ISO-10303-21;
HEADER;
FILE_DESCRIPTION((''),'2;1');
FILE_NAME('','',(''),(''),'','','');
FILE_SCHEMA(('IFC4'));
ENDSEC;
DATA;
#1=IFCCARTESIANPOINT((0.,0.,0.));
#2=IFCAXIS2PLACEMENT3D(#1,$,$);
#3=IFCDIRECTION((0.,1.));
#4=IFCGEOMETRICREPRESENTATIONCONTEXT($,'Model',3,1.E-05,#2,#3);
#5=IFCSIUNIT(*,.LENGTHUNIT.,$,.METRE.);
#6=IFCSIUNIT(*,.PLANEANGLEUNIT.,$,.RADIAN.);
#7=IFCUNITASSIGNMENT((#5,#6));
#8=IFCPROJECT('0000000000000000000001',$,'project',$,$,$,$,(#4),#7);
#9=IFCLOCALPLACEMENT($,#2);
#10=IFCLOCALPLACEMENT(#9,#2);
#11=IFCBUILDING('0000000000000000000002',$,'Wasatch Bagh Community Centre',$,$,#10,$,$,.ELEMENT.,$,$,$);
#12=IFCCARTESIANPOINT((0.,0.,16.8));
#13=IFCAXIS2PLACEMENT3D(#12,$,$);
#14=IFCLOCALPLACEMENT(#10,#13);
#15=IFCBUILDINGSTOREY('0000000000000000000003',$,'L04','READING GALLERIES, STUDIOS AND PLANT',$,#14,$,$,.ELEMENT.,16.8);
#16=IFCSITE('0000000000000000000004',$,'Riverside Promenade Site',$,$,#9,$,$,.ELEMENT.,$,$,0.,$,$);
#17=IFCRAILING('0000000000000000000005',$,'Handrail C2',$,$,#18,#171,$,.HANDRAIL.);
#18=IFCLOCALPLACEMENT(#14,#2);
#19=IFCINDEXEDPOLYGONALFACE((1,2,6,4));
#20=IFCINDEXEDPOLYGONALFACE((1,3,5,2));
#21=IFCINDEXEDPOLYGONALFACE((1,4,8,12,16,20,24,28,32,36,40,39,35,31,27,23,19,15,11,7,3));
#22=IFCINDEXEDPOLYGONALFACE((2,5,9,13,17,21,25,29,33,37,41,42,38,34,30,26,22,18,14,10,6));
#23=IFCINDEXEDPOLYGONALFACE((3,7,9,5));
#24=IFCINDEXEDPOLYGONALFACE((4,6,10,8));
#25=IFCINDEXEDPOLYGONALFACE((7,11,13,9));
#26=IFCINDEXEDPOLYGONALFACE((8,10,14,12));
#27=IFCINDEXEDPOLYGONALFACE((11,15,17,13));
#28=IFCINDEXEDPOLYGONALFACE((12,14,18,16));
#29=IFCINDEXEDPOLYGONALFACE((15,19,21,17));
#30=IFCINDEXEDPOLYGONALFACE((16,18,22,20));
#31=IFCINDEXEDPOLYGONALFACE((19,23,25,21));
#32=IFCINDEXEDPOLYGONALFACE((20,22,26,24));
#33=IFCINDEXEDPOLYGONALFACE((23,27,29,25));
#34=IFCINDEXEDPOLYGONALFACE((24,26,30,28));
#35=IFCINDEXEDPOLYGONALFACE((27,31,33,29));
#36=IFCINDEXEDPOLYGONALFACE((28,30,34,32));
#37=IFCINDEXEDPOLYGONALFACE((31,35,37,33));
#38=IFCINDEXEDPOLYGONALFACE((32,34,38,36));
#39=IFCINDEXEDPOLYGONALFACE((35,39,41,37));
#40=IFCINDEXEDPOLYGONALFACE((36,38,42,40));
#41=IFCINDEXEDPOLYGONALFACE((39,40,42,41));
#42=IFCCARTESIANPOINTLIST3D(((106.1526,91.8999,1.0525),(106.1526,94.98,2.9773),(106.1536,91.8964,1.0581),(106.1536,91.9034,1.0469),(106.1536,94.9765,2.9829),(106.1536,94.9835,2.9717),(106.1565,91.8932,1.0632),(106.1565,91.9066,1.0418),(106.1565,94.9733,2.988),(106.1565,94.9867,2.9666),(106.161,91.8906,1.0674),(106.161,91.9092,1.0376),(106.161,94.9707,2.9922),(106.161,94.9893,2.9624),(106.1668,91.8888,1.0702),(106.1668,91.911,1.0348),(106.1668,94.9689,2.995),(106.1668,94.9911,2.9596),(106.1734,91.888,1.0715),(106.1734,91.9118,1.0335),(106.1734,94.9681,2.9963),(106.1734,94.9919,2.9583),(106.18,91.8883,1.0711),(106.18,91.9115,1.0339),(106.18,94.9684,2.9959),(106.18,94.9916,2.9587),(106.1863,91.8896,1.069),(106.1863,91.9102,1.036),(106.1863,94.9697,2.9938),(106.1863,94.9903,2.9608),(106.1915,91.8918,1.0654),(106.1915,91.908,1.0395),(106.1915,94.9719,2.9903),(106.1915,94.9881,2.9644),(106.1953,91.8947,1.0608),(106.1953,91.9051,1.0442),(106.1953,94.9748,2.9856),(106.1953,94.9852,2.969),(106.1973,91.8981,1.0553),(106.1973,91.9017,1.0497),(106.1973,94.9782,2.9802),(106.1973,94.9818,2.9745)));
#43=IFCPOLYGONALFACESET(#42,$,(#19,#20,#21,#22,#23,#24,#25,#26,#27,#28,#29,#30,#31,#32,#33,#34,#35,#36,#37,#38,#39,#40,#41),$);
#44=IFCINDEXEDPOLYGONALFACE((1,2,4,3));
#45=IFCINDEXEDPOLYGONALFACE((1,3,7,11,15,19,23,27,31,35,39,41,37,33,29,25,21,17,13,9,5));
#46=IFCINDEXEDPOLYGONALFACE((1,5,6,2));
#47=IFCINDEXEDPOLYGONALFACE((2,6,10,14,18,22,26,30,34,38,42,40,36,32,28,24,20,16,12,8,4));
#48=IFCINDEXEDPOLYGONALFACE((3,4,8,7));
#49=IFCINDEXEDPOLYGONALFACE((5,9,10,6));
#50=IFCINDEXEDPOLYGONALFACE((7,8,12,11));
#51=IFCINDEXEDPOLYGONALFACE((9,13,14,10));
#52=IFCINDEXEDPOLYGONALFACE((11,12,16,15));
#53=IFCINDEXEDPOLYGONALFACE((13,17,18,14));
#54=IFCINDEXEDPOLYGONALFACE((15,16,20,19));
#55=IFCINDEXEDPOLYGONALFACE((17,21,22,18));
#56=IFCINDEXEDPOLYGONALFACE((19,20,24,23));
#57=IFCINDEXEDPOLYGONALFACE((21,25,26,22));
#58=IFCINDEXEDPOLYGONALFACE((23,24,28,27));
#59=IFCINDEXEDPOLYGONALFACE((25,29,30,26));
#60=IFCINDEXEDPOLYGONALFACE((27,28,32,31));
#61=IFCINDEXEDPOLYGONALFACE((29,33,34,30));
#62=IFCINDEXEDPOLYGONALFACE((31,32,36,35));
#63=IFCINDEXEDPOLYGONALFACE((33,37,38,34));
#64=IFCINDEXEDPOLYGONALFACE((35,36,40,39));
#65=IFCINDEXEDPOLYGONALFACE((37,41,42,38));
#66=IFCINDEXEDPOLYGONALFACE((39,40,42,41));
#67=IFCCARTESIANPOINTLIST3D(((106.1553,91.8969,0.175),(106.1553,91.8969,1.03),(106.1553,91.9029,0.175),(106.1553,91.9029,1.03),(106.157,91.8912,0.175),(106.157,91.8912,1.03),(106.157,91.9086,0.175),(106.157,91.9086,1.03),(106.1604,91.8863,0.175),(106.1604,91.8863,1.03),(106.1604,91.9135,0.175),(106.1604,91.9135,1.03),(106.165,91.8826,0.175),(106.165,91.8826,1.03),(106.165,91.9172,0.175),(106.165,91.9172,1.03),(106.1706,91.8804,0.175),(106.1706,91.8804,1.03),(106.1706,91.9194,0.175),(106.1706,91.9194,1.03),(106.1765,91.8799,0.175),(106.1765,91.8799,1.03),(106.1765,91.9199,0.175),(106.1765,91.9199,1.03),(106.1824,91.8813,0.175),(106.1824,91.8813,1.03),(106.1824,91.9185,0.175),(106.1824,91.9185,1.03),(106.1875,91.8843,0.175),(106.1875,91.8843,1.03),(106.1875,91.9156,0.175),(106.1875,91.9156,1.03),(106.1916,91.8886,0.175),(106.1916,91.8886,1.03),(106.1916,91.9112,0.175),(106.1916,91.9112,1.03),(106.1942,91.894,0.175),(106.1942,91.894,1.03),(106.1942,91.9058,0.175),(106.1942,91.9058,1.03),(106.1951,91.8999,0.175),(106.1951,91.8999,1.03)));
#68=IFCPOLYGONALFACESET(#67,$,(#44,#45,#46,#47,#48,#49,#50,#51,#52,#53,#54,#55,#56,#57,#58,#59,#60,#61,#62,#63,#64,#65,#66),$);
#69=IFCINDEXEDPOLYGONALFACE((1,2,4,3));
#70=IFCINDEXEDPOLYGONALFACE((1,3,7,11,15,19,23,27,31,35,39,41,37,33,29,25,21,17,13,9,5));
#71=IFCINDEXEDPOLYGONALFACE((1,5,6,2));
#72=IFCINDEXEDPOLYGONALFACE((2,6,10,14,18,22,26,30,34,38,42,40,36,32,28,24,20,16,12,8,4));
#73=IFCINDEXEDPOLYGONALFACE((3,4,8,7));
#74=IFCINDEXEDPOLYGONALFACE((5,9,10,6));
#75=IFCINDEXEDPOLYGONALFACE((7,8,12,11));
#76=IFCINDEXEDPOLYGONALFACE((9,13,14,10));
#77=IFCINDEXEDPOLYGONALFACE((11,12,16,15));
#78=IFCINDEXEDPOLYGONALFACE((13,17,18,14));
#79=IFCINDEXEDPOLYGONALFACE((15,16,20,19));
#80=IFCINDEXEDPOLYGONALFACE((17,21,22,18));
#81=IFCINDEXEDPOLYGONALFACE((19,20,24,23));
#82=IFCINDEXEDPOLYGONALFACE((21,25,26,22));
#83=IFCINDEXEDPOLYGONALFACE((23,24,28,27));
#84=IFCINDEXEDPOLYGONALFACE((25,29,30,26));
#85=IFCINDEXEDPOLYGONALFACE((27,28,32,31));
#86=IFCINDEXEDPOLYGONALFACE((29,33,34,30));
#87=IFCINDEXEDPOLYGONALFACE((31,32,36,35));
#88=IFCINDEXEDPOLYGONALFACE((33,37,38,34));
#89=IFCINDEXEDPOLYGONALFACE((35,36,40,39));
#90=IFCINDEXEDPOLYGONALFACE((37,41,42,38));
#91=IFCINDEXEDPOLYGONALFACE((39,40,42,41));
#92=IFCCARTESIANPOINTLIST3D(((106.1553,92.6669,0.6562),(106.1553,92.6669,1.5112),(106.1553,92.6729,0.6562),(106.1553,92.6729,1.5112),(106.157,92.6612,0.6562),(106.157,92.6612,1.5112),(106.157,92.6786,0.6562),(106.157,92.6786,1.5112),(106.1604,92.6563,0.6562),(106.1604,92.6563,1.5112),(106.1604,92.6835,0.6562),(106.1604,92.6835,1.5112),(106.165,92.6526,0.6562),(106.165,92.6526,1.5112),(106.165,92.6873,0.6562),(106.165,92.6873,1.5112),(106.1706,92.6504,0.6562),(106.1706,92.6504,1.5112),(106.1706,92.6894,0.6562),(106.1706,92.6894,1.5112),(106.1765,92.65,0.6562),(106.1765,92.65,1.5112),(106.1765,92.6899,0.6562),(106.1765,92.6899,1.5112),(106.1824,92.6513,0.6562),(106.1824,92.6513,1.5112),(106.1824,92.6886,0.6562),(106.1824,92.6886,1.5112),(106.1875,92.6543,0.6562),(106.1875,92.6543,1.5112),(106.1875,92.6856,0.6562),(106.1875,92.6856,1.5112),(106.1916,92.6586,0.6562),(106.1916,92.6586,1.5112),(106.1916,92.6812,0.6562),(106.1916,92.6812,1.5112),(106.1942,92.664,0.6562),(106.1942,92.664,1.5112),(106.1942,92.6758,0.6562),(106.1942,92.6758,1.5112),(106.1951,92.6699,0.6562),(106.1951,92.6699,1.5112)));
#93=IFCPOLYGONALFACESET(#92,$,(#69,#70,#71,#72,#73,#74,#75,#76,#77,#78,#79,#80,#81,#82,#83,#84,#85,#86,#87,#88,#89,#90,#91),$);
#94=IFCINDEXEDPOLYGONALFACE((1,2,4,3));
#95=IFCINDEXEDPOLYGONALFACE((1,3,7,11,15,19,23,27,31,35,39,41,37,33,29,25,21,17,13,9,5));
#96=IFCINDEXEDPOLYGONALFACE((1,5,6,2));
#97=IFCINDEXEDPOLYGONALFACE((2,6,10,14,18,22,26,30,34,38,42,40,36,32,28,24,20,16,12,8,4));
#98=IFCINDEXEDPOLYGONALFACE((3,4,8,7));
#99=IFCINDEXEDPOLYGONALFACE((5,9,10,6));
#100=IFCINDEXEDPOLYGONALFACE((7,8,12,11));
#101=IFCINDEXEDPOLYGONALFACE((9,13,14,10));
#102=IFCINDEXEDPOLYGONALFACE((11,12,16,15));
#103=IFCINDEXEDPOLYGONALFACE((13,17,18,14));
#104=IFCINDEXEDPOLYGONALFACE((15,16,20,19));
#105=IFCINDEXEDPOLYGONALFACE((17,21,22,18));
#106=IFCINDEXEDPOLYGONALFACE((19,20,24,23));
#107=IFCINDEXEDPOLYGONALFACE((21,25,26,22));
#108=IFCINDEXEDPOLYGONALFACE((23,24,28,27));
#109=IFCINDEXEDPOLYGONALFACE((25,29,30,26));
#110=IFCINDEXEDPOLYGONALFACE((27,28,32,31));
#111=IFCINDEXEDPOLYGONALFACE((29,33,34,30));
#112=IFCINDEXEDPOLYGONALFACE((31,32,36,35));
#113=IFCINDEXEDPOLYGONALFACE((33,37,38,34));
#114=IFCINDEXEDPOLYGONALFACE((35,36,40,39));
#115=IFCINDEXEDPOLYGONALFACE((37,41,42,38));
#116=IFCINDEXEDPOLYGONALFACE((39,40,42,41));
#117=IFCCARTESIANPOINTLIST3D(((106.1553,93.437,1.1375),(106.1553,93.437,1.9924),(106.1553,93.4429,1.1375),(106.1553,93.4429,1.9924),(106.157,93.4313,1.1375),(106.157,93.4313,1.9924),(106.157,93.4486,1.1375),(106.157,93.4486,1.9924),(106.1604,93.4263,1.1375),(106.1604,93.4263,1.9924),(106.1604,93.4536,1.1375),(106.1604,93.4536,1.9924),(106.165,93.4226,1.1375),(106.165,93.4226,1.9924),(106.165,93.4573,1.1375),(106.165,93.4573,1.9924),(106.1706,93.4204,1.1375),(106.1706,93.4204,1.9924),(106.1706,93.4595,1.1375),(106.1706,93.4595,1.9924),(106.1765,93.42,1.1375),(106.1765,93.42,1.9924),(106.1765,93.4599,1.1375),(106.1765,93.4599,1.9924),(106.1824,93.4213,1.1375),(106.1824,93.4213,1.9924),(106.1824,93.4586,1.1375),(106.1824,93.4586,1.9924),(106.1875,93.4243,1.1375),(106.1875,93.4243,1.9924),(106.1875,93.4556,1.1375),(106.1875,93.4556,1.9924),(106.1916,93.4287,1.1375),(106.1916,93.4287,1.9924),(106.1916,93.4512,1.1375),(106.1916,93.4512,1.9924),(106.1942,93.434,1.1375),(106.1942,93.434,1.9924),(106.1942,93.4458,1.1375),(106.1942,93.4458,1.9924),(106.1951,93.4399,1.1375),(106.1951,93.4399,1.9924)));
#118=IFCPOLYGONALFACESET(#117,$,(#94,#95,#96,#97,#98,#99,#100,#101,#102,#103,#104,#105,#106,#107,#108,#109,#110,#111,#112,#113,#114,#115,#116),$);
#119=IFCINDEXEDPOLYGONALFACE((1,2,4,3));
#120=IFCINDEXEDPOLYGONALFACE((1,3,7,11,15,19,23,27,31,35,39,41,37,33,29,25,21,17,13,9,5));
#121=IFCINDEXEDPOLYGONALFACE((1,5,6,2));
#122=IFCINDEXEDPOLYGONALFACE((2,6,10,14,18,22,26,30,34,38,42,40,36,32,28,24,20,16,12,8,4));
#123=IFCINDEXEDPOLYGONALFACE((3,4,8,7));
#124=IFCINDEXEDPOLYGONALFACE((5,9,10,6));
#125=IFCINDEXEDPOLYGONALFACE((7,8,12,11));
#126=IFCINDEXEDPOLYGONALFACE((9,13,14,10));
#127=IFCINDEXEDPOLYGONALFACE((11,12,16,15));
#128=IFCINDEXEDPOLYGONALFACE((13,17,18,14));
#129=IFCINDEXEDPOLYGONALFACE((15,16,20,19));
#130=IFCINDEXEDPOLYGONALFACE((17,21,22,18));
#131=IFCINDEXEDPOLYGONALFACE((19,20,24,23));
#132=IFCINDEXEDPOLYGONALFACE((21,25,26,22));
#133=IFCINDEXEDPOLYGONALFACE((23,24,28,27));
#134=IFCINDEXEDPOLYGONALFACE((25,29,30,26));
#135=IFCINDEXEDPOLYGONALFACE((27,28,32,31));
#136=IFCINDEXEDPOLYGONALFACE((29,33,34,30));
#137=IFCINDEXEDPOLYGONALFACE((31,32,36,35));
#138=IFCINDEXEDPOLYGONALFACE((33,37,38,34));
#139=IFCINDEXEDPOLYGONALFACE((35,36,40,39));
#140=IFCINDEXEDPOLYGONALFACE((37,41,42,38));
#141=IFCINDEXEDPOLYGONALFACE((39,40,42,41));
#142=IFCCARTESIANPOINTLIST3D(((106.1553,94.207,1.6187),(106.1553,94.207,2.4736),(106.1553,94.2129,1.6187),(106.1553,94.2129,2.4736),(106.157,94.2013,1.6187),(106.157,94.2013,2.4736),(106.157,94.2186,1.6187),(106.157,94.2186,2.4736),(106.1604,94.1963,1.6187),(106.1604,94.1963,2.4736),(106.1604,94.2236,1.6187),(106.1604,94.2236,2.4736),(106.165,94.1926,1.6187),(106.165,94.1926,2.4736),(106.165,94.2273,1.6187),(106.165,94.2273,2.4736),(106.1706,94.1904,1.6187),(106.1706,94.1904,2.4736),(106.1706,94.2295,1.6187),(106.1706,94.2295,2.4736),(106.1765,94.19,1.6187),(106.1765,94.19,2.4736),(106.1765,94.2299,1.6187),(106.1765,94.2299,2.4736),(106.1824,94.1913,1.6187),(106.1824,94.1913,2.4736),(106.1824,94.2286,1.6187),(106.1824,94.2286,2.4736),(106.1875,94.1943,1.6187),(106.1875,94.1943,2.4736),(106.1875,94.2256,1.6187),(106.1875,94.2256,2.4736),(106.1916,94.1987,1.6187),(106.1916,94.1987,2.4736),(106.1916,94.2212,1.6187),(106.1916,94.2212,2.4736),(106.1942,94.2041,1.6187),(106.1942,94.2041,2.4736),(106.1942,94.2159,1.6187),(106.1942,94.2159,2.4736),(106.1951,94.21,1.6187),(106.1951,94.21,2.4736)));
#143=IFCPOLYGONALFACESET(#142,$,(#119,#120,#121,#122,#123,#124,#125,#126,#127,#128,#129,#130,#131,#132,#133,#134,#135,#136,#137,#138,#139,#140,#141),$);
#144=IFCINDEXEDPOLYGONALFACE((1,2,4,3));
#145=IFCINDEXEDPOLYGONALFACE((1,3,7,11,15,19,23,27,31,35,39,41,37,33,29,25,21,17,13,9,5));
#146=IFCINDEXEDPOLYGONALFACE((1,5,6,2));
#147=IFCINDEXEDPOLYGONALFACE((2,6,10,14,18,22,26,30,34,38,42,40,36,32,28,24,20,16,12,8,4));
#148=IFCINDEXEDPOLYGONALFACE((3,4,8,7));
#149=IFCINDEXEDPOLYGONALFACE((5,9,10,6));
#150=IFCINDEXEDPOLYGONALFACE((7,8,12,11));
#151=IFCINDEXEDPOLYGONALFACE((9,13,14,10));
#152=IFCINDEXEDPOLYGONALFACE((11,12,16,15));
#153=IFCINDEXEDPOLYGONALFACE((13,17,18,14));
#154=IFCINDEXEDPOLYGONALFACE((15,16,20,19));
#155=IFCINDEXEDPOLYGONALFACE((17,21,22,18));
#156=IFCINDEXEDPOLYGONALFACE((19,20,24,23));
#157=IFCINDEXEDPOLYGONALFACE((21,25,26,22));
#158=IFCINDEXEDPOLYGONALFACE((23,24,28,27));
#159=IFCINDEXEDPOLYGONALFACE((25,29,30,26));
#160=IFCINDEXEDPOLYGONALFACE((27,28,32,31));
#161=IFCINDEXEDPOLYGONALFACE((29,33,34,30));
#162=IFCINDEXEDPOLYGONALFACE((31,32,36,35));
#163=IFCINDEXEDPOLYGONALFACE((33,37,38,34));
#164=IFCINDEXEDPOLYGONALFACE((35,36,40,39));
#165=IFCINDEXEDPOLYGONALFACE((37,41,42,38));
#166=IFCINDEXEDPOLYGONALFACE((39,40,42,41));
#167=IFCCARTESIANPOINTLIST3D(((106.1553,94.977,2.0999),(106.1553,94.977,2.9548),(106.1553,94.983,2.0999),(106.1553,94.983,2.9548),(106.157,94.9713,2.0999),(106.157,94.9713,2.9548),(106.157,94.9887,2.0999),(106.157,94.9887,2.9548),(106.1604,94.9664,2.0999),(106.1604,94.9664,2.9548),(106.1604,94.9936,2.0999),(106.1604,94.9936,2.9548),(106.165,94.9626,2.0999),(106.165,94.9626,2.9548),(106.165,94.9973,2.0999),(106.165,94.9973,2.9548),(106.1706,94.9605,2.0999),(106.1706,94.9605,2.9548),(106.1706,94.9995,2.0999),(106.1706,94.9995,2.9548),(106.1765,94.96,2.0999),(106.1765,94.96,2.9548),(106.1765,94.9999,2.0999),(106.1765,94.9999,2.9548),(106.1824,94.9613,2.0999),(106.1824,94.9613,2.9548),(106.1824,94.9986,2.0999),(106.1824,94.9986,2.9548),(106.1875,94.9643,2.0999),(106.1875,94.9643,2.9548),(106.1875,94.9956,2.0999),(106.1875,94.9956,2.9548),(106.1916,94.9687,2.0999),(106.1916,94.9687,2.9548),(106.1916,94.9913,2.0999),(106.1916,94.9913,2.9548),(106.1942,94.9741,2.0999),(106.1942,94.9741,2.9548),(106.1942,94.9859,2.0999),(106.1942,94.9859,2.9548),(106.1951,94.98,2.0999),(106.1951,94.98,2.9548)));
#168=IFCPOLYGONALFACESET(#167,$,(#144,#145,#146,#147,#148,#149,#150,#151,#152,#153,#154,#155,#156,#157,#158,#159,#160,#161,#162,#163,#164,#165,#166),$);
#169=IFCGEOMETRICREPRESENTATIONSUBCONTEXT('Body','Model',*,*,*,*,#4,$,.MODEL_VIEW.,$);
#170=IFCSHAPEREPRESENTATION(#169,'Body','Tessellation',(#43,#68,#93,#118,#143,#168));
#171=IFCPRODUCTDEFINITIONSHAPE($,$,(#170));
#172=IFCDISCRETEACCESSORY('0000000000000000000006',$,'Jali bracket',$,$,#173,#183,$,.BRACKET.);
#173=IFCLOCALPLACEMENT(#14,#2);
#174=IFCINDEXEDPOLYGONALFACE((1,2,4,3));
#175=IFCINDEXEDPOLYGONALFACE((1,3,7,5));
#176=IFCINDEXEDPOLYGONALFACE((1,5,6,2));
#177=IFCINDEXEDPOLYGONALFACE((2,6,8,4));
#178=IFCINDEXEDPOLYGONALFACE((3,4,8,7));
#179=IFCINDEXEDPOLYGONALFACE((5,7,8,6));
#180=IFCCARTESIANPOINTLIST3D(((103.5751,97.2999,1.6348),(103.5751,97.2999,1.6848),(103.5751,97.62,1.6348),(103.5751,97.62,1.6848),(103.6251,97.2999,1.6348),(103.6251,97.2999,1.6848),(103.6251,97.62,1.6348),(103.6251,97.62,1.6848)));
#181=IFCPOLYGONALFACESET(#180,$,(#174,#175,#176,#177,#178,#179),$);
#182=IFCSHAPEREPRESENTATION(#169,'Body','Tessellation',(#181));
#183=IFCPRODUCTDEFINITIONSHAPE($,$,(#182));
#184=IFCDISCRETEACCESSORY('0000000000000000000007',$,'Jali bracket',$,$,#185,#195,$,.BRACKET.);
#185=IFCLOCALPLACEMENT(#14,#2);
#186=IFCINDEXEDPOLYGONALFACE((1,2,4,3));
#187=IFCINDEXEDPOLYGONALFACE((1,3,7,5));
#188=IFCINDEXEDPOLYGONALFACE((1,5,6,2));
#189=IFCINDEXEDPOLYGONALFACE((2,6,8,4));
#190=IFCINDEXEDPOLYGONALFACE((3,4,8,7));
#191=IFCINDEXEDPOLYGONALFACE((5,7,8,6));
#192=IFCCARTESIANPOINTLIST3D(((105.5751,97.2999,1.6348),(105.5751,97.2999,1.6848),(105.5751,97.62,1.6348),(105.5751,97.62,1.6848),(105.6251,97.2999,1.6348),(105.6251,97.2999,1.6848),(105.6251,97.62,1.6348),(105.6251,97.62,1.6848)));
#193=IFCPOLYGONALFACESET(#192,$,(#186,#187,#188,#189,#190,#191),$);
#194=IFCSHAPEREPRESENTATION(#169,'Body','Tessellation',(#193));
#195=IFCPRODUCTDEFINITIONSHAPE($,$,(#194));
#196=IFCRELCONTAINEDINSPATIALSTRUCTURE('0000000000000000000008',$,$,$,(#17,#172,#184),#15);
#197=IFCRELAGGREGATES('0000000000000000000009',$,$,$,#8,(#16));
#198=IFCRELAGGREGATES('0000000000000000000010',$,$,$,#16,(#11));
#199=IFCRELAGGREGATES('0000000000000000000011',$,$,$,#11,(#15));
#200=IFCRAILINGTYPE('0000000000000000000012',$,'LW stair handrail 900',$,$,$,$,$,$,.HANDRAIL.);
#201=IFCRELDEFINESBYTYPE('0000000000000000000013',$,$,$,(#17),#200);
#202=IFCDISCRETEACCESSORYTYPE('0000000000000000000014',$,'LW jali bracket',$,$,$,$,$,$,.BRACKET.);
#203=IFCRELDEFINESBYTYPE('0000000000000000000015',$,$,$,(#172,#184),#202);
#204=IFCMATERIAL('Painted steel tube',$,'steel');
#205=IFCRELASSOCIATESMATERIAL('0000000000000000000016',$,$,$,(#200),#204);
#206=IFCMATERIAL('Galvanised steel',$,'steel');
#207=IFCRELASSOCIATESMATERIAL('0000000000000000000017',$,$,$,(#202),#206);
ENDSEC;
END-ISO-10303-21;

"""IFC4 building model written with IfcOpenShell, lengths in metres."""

from ifc_helpers import new_model, si_unit, direction, frame, origin, origin_2d, place, context, subcontext, project, spatial, rectangle, circle, extrude, material, type_object, element, save


model = new_model("IFC4")

# Units and contexts
model_context = context("Model", 3, precision=1e-05, world=origin(), true_north=direction((0.0, 1.0)))
body_context = subcontext(model_context, "Body", "Model", "MODEL_VIEW")
ifc_project = project(units=[si_unit("LENGTHUNIT", "METRE"), si_unit("PLANEANGLEUNIT", "RADIAN")], contexts=[model_context])

# Site, building, storey
site_placement = place(None, origin())
site = spatial("IfcSite", under=ifc_project, at=site_placement, Name="Riverside Promenade Site", CompositionType="ELEMENT", RefElevation=0.0)
building_placement = place(site_placement, origin())
building = spatial("IfcBuilding", under=site, at=building_placement, Name="Wasatch Bagh Community Centre", CompositionType="ELEMENT")
storey_placement = place(building_placement, frame((0.0, 0.0, 16.8)))
storey = spatial("IfcBuildingStorey", under=building, at=storey_placement, Name="L04", Description="READING GALLERIES, STUDIOS AND PLANT", CompositionType="ELEMENT", Elevation=16.8)

# Railing
ifc_material_1 = material(Name="Painted steel tube", Category="steel")
railing_type_1 = type_object("IfcRailingType", Name="LW stair handrail 900", PredefinedType="HANDRAIL", material=ifc_material_1)
railing_placement = place(storey_placement, frame((106.175, 91.8999, 0.175)))
element("IfcRailing", 1, at=railing_placement, inside=storey, type_object=railing_type_1, Name="Handrail C2", PredefinedType="HANDRAIL", context=body_context, shape_type="SweptSolid", body=[
    extrude(circle(Radius=0.0225, at=origin_2d()), frame((0.0, 0.0, 0.8774), z_axis=(0.0, 0.848029, 0.529951), x_axis=(-1.0, 0.0, 0.0)), (0.0, 0.0, 1.0), 3.6321),
    extrude(circle(Radius=0.02, at=origin_2d()), origin(), (0.0, 0.0, 1.0), 0.855),
    extrude(circle(Radius=0.02, at=origin_2d()), frame((0.0, 0.77, 0.4812)), (0.0, 0.0, 1.0), 0.855),
    extrude(circle(Radius=0.02, at=origin_2d()), frame((0.0, 1.54, 0.9624)), (0.0, 0.0, 1.0), 0.855),
    extrude(circle(Radius=0.02, at=origin_2d()), frame((0.0, 2.3101, 1.4436)), (0.0, 0.0, 1.0), 0.855),
    extrude(circle(Radius=0.02, at=origin_2d()), frame((0.0, 3.0801, 1.9248)), (0.0, 0.0, 1.0), 0.855),
])

# Discrete accessories
ifc_material_2 = material(Name="Galvanised steel", Category="steel")
discrete_accessory_type = type_object("IfcDiscreteAccessoryType", Name="LW jali bracket", PredefinedType="BRACKET", material=ifc_material_2)
for number, where, z_axis, x_axis, name in (
    (2, (103.6001, 97.46, 1.6348), (0.0, 0.0, 1.0), (1.0, 0.0, 0.0), "Jali bracket"),
    (3, (105.6001, 97.46, 1.6348), (0.0, 0.0, 1.0), (1.0, 0.0, 0.0), "Jali bracket"),
):
    element("IfcDiscreteAccessory", number, at=place(storey_placement, frame(where, z_axis=z_axis, x_axis=x_axis)), inside=storey, type_object=discrete_accessory_type, Name=name, PredefinedType="BRACKET", context=body_context, shape_type="SweptSolid", body=[
        extrude(rectangle(XDim=0.05, YDim=0.3201, at=origin_2d()), origin(), (0.0, 0.0, 1.0), 0.05),
    ])

save(model, "model.ifc")
